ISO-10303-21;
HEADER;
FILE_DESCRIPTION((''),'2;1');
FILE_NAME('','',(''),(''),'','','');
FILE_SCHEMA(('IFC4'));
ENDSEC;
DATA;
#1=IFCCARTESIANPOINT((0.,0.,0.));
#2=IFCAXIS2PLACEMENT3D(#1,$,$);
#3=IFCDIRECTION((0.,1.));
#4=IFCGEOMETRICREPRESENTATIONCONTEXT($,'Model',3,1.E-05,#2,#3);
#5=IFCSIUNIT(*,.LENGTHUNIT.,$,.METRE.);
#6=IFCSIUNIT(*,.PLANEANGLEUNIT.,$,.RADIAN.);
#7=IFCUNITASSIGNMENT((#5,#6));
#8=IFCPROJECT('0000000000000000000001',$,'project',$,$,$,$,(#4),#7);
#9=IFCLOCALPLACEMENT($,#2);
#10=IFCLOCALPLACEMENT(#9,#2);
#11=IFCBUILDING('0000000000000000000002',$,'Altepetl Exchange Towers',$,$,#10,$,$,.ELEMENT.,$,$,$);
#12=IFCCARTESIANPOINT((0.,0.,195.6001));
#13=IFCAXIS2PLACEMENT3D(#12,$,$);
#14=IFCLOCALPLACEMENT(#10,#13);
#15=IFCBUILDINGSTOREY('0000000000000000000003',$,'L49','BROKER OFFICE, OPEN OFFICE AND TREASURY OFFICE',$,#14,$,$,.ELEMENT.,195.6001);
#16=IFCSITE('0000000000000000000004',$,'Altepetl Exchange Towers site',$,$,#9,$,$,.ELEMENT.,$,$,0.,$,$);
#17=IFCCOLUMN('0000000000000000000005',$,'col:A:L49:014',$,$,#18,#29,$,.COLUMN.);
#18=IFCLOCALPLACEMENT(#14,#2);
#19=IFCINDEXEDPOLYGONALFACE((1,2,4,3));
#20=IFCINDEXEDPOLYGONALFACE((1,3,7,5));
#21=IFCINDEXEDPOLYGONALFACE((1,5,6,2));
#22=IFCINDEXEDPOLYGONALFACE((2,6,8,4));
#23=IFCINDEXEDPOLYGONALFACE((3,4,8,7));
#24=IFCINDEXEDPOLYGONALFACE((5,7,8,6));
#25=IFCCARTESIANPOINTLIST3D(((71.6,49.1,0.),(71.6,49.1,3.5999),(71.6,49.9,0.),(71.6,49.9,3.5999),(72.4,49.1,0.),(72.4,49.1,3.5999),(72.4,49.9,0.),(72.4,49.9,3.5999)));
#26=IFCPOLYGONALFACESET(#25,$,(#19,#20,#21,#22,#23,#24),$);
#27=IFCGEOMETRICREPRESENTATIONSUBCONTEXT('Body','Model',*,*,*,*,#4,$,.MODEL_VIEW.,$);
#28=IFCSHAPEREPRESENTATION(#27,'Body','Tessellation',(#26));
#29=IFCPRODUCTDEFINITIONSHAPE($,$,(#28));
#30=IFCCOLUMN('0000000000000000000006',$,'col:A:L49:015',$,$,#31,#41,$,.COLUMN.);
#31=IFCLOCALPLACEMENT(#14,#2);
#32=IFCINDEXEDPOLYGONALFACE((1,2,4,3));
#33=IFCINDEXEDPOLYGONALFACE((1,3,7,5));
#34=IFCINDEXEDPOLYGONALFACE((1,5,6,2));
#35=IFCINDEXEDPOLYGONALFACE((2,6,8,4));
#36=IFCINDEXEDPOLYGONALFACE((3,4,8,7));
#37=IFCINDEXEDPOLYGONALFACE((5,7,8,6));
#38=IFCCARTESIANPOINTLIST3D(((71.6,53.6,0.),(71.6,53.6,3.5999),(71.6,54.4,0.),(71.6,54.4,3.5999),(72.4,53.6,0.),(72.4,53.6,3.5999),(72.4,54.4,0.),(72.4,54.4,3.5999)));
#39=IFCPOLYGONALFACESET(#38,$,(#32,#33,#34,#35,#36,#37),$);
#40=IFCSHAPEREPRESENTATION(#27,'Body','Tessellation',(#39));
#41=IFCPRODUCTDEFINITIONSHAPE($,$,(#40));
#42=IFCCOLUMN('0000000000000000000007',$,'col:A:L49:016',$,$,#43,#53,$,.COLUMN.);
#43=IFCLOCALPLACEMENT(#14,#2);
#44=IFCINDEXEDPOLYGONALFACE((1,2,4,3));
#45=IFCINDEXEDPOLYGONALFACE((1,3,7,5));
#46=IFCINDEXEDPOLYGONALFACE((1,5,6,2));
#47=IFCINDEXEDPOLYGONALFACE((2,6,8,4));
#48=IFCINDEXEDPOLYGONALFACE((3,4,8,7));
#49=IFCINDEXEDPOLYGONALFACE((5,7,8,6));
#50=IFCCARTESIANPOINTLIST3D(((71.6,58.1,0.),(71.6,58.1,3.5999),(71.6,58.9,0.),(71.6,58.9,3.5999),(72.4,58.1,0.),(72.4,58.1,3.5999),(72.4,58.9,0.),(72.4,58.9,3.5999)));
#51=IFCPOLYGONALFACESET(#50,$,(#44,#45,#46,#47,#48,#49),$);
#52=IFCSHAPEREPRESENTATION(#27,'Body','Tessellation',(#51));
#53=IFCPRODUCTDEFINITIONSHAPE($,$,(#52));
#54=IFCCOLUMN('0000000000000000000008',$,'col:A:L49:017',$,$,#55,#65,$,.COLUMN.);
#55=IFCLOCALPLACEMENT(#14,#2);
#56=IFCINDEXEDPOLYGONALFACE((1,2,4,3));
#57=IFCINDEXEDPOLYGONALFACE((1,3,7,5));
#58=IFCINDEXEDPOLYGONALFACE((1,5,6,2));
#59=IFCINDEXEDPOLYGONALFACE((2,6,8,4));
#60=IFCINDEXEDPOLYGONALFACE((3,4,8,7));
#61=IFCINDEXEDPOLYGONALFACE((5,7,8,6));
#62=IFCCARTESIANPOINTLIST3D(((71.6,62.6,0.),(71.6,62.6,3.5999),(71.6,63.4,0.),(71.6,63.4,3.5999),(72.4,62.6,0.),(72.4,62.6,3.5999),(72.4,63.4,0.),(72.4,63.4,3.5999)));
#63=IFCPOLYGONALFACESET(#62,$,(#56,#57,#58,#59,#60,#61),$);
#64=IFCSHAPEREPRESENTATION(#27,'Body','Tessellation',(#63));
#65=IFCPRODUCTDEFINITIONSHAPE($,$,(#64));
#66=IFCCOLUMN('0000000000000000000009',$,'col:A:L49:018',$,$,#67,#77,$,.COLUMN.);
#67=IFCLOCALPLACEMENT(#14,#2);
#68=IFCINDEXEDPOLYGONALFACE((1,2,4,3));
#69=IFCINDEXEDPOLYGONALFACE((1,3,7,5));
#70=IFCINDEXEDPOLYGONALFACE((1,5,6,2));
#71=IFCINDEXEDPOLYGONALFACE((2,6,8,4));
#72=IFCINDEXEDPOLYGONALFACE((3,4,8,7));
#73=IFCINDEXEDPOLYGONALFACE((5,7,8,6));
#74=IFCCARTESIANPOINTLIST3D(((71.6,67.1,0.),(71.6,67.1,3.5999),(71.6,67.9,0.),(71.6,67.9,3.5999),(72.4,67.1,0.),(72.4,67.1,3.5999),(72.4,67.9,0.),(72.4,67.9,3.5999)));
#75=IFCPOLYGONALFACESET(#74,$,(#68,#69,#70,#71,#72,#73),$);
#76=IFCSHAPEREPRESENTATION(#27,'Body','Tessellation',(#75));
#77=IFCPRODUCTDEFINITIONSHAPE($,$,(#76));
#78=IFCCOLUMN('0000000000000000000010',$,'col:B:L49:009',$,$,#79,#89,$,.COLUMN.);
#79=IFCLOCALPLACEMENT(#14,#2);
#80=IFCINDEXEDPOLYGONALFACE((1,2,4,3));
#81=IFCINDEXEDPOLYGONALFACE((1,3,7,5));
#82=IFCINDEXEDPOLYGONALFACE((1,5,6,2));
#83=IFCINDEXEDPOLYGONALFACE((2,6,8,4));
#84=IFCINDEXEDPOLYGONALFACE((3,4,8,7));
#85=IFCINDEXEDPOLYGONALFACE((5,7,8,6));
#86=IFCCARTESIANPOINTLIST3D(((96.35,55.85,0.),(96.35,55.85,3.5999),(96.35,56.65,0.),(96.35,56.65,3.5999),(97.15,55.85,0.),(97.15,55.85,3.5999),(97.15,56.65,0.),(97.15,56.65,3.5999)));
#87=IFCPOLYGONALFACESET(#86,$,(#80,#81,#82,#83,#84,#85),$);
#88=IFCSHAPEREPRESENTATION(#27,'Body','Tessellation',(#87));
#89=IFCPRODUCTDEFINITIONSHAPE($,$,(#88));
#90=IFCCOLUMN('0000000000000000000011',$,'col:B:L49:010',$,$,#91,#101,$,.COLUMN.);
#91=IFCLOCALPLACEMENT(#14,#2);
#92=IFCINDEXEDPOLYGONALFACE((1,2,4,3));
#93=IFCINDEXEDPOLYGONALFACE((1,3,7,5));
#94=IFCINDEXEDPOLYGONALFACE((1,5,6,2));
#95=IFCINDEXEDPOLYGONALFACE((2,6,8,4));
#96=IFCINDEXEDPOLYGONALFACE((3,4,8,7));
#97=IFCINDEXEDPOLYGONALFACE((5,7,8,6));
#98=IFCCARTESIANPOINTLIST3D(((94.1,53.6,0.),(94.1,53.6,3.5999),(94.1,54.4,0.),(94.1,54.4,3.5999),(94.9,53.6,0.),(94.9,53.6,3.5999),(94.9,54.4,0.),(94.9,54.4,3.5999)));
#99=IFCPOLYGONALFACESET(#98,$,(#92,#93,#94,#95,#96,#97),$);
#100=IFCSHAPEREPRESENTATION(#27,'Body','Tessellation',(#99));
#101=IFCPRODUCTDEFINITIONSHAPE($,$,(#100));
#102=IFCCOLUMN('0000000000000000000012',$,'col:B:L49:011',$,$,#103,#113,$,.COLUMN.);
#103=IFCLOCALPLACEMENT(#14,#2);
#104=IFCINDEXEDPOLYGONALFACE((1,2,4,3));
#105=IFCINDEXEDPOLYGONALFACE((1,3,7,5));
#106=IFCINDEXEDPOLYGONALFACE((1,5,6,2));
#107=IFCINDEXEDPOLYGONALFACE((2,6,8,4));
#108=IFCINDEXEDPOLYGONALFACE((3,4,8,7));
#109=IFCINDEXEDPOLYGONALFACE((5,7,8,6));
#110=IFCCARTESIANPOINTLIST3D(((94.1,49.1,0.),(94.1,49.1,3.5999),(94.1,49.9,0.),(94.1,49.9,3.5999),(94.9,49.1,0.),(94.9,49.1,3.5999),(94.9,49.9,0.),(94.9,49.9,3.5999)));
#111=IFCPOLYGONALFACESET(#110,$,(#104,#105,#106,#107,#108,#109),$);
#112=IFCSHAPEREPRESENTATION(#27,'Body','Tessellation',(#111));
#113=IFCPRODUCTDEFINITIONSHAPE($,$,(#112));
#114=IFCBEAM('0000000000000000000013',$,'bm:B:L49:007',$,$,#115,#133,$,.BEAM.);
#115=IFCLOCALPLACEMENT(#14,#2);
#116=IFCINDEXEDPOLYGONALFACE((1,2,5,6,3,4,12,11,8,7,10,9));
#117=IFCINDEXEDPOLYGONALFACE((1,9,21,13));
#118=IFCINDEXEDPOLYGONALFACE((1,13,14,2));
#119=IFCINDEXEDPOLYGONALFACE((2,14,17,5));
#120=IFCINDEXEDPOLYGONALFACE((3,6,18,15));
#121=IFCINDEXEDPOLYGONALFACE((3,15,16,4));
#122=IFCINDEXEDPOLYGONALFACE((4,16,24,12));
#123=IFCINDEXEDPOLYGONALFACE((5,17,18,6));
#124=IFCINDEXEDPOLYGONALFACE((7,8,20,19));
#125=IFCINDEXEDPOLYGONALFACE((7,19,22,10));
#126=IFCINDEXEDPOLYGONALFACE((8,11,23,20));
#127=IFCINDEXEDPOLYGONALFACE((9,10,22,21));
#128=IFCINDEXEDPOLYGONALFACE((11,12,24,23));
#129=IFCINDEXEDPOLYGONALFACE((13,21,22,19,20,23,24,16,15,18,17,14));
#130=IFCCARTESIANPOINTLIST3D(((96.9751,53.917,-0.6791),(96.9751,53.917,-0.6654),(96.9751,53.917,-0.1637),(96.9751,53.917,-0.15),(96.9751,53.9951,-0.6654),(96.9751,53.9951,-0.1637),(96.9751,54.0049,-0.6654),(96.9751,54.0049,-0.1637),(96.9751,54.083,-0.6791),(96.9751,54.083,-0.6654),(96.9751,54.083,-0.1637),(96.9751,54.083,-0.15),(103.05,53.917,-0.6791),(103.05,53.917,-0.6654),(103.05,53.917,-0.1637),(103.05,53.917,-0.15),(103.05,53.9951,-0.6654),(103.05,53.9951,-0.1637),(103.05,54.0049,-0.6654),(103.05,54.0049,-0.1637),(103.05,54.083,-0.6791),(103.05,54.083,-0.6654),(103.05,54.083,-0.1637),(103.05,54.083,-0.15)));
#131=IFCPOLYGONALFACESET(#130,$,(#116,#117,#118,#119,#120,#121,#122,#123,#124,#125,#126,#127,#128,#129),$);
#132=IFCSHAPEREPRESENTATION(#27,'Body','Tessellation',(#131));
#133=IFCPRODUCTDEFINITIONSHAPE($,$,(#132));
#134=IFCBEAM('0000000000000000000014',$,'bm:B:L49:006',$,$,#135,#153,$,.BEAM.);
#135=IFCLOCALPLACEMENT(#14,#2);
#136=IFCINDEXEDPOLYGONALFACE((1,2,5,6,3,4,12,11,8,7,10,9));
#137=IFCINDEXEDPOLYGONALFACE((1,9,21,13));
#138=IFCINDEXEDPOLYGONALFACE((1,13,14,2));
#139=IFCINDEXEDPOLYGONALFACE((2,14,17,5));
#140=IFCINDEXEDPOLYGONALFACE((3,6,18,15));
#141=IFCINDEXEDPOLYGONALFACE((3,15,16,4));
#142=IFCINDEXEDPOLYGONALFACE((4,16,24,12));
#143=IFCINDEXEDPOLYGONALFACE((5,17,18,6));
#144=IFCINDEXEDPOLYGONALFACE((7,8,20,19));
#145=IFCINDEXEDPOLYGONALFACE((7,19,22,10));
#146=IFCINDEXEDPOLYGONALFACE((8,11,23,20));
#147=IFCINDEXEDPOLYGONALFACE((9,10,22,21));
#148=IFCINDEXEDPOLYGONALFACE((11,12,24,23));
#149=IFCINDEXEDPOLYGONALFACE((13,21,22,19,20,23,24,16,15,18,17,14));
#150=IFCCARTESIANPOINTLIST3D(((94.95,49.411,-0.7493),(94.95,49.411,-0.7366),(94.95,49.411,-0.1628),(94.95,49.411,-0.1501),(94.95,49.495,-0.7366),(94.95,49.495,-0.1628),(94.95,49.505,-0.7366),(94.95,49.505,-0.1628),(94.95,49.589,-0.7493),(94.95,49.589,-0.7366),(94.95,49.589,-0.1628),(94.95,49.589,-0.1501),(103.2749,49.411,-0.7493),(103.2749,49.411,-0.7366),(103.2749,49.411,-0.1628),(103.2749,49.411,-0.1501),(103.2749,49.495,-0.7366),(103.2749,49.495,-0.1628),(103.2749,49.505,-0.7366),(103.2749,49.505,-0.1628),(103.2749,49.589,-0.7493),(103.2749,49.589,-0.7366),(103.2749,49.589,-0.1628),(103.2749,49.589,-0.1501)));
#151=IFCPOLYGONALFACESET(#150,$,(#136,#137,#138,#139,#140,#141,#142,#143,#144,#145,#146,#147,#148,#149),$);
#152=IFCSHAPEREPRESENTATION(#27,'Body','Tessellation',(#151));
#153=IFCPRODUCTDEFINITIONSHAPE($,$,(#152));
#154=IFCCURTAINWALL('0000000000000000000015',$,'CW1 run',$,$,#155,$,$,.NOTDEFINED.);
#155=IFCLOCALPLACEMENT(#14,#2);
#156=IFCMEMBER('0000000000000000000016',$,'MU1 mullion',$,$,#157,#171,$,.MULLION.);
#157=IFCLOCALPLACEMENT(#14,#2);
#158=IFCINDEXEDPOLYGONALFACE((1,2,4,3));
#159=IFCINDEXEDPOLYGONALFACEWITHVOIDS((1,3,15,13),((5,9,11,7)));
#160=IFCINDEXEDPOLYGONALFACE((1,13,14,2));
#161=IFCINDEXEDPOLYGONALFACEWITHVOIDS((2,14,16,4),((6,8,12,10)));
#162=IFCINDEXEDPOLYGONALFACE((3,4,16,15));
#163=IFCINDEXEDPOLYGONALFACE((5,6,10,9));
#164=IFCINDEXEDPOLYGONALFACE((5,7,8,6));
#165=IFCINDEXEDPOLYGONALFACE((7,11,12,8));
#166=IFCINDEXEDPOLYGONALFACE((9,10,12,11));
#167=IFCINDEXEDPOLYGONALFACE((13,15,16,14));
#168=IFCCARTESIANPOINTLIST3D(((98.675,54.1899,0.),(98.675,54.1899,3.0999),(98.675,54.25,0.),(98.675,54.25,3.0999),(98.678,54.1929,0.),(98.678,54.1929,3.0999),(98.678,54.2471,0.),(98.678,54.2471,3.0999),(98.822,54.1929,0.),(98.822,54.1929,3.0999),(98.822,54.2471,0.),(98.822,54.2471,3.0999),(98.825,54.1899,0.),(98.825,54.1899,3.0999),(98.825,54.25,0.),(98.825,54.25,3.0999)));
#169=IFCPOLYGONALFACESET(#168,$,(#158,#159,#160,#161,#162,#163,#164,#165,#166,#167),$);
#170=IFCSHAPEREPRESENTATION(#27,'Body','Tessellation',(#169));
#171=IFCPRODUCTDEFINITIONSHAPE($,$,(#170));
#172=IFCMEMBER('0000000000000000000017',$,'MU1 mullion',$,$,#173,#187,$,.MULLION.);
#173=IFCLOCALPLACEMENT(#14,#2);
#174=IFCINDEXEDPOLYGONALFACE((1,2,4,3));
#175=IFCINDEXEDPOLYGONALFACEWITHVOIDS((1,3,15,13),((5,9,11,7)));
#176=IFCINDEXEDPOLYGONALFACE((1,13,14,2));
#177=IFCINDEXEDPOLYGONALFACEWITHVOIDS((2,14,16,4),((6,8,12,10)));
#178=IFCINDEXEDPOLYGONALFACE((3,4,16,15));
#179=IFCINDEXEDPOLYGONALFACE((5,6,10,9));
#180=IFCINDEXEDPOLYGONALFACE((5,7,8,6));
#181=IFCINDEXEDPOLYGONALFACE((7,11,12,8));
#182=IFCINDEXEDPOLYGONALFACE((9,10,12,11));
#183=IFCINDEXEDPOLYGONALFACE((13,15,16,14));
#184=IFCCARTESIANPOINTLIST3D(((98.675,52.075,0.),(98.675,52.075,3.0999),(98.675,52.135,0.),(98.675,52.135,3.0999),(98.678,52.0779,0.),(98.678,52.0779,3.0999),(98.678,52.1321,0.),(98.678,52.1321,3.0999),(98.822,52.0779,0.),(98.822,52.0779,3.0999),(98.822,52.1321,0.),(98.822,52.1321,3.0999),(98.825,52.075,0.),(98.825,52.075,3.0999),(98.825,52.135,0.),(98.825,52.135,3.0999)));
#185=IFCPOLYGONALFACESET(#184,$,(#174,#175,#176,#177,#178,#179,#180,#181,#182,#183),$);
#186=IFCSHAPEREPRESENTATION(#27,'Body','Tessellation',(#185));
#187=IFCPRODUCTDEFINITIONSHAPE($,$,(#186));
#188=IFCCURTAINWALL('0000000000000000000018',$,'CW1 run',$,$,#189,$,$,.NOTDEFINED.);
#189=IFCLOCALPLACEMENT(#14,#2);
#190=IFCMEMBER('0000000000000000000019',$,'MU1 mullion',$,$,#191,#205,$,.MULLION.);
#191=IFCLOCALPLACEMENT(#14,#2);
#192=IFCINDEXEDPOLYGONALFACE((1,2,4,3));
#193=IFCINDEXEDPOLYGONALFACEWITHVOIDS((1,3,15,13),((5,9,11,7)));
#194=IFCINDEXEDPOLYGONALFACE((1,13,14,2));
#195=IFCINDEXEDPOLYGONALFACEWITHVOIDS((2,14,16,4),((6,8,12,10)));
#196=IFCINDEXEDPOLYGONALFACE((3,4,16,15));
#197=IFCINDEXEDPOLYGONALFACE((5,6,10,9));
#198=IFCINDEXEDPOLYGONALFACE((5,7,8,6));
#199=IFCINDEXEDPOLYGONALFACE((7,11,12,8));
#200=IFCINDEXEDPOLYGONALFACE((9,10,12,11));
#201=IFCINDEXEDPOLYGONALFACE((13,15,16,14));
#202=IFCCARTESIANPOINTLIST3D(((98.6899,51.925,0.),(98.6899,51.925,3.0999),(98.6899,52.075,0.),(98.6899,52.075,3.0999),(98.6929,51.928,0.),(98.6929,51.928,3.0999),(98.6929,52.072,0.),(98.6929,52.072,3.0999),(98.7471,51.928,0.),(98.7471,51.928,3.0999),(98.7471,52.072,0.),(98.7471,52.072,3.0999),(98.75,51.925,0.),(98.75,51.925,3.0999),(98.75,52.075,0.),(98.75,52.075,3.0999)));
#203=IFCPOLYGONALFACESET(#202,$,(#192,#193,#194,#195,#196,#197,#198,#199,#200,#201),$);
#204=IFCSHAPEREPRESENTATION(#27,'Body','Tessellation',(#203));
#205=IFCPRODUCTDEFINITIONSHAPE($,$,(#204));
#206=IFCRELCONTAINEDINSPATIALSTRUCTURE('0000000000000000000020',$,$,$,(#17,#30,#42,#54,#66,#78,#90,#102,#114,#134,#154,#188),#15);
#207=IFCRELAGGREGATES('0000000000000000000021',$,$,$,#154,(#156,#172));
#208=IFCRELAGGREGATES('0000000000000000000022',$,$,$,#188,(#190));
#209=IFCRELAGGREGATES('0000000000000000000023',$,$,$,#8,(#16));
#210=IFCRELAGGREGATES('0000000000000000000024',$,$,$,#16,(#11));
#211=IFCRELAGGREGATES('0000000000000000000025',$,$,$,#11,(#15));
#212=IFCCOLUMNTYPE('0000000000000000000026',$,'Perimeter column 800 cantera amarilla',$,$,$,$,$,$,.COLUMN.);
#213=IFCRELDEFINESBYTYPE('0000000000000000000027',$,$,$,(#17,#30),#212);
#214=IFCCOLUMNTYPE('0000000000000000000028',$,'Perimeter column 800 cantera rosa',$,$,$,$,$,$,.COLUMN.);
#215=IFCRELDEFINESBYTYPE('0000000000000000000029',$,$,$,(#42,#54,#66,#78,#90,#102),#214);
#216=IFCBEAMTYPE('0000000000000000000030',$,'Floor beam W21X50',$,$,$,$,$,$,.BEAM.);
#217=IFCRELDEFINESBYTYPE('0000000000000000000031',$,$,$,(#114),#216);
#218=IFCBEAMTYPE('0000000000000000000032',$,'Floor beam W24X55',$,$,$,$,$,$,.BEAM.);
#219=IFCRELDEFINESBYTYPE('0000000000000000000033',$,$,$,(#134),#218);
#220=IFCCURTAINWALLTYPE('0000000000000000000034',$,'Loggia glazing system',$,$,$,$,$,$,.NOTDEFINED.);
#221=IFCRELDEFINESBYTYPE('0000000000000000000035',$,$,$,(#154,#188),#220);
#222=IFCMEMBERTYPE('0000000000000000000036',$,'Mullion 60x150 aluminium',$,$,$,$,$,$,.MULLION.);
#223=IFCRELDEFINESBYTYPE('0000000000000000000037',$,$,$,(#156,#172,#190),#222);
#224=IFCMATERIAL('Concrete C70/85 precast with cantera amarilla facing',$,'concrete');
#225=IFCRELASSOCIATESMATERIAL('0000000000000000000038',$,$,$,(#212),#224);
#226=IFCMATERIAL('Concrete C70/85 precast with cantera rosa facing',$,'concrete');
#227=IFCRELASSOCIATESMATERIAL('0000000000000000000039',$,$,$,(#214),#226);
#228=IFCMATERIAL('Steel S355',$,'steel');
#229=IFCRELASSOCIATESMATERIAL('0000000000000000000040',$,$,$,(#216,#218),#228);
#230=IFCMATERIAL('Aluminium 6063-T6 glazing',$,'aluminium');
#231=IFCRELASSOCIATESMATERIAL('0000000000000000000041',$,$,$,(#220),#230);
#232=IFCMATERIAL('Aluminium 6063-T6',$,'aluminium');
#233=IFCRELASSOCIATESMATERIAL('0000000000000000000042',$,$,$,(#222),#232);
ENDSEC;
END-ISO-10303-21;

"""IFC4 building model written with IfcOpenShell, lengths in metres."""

from ifc_helpers import new_model, si_unit, direction, frame, origin, origin_2d, place, context, subcontext, project, spatial, rectangle, hollow_rectangle, i_section, extrude, material, material_profile, profile_set, type_object, element, aggregate, save


model = new_model("IFC4")

# Units and contexts
model_context = context("Model", 3, precision=1e-05, world=origin(), true_north=direction((0.0, 1.0)))
body_context = subcontext(model_context, "Body", "Model", "MODEL_VIEW")
ifc_project = project(units=[si_unit("LENGTHUNIT", "METRE"), si_unit("PLANEANGLEUNIT", "RADIAN")], contexts=[model_context])

# Site, building, storey
site_placement = place(None, origin())
site = spatial("IfcSite", under=ifc_project, at=site_placement, Name="Altepetl Exchange Towers site", CompositionType="ELEMENT", RefElevation=0.0)
building_placement = place(site_placement, origin())
building = spatial("IfcBuilding", under=site, at=building_placement, Name="Altepetl Exchange Towers", CompositionType="ELEMENT")
storey_placement = place(building_placement, frame((0.0, 0.0, 195.6001)))
storey = spatial("IfcBuildingStorey", under=building, at=storey_placement, Name="L49", Description="BROKER OFFICE, OPEN OFFICE AND TREASURY OFFICE", CompositionType="ELEMENT", Elevation=195.6001)

# Columns
ifc_material_1 = material(Name="Concrete C70/85 precast with cantera amarilla facing", Category="concrete")
ifc_material_profile_1 = material_profile(ifc_material_1, rectangle(XDim=0.8, YDim=0.8, at=origin_2d()), Name="800 x 800")
ifc_profile_set_1 = profile_set([ifc_material_profile_1], Name="Concrete C70/85 precast with cantera amarilla facing")
column_type_1 = type_object("IfcColumnType", Name="Perimeter column 800 cantera amarilla", PredefinedType="COLUMN", material=ifc_profile_set_1)
for number, where, name in (
    (1, (72.0, 49.5, 0.0), "col:A:L49:014"),
    (2, (72.0, 54.0, 0.0), "col:A:L49:015"),
):
    element("IfcColumn", number, at=place(storey_placement, frame(where)), inside=storey, type_object=column_type_1, Name=name, PredefinedType="COLUMN", context=body_context, shape_type="SweptSolid", body=[
        extrude(rectangle(XDim=0.8, YDim=0.8, at=origin_2d()), origin(), (0.0, 0.0, 1.0), 3.5999),
    ])
ifc_material_2 = material(Name="Concrete C70/85 precast with cantera rosa facing", Category="concrete")
ifc_material_profile_2 = material_profile(ifc_material_2, rectangle(XDim=0.8, YDim=0.8, at=origin_2d()), Name="800 x 800")
ifc_profile_set_2 = profile_set([ifc_material_profile_2], Name="Concrete C70/85 precast with cantera rosa facing")
column_type_2 = type_object("IfcColumnType", Name="Perimeter column 800 cantera rosa", PredefinedType="COLUMN", material=ifc_profile_set_2)
for number, where, name in (
    (3, (72.0, 58.5, 0.0), "col:A:L49:016"),
    (4, (72.0, 63.0, 0.0), "col:A:L49:017"),
    (5, (72.0, 67.5, 0.0), "col:A:L49:018"),
    (6, (96.75, 56.25, 0.0), "col:B:L49:009"),
    (7, (94.5, 54.0, 0.0), "col:B:L49:010"),
    (8, (94.5, 49.5, 0.0), "col:B:L49:011"),
):
    element("IfcColumn", number, at=place(storey_placement, frame(where)), inside=storey, type_object=column_type_2, Name=name, PredefinedType="COLUMN", context=body_context, shape_type="SweptSolid", body=[
        extrude(rectangle(XDim=0.8, YDim=0.8, at=origin_2d()), origin(), (0.0, 0.0, 1.0), 3.5999),
    ])

# Beams
ifc_material_3 = material(Name="Steel S355", Category="steel")
ifc_material_profile_3 = material_profile(ifc_material_3, i_section(OverallWidth=0.166, OverallDepth=0.5291, WebThickness=0.0098, FlangeThickness=0.0137, at=origin_2d()), Name="W21X50")
ifc_profile_set_3 = profile_set([ifc_material_profile_3], Name="Steel S355")
beam_type_1 = type_object("IfcBeamType", Name="Floor beam W21X50", PredefinedType="BEAM", material=ifc_profile_set_3)
beam_1_placement = place(storey_placement, frame((96.9751, 54.0, -0.4146), z_axis=(1.0, 0.0, 0.0), x_axis=(0.0, 1.0, 0.0)))
element("IfcBeam", 9, at=beam_1_placement, inside=storey, type_object=beam_type_1, Name="bm:B:L49:007", PredefinedType="BEAM", context=body_context, shape_type="SweptSolid", body=[
    extrude(i_section(OverallWidth=0.166, OverallDepth=0.5291, WebThickness=0.0098, FlangeThickness=0.0137, at=origin_2d()), origin(), (0.0, 0.0, 1.0), 6.075),
])
ifc_material_profile_4 = material_profile(ifc_material_3, i_section(OverallWidth=0.178, OverallDepth=0.5991, WebThickness=0.01, FlangeThickness=0.0127, at=origin_2d()), Name="W24X55")
ifc_profile_set_4 = profile_set([ifc_material_profile_4], Name="Steel S355")
beam_type_2 = type_object("IfcBeamType", Name="Floor beam W24X55", PredefinedType="BEAM", material=ifc_profile_set_4)
beam_2_placement = place(storey_placement, frame((94.95, 49.5, -0.4497), z_axis=(1.0, 0.0, 0.0), x_axis=(0.0, 1.0, 0.0)))
element("IfcBeam", 10, at=beam_2_placement, inside=storey, type_object=beam_type_2, Name="bm:B:L49:006", PredefinedType="BEAM", context=body_context, shape_type="SweptSolid", body=[
    extrude(i_section(OverallWidth=0.178, OverallDepth=0.5991, WebThickness=0.01, FlangeThickness=0.0127, at=origin_2d()), origin(), (0.0, 0.0, 1.0), 8.325),
])

# Curtain walls, members
ifc_material_4 = material(Name="Aluminium 6063-T6 glazing", Category="aluminium")
curtain_wall_type = type_object("IfcCurtainWallType", Name="Loggia glazing system", PredefinedType="NOTDEFINED", material=ifc_material_4)
curtain_wall_1_placement = place(storey_placement, origin())
curtain_wall_1 = element("IfcCurtainWall", 11, at=curtain_wall_1_placement, inside=storey, type_object=curtain_wall_type, Name="CW1 run", PredefinedType="NOTDEFINED")
ifc_material_5 = material(Name="Aluminium 6063-T6", Category="aluminium")
ifc_material_profile_5 = material_profile(ifc_material_5, hollow_rectangle(XDim=0.0601, YDim=0.1499, WallThickness=0.0029, at=origin_2d()), Name="Mullion 60x150 aluminium")
ifc_profile_set_5 = profile_set([ifc_material_profile_5], Name="Aluminium 6063-T6")
member_type = type_object("IfcMemberType", Name="Mullion 60x150 aluminium", PredefinedType="MULLION", material=ifc_profile_set_5)
member_1_placement = place(storey_placement, frame((98.75, 54.22, 0.0), z_axis=(0.0, 0.0, 1.0), x_axis=(0.0, -1.0, 0.0)))
member_1 = element("IfcMember", 12, at=member_1_placement, type_object=member_type, Name="MU1 mullion", PredefinedType="MULLION", context=body_context, shape_type="SweptSolid", body=[
    extrude(hollow_rectangle(XDim=0.0601, YDim=0.1499, WallThickness=0.0029, at=origin_2d()), origin(), (0.0, 0.0, 1.0), 3.0999),
])
member_2_placement = place(storey_placement, frame((98.75, 52.105, 0.0), z_axis=(0.0, 0.0, 1.0), x_axis=(0.0, -1.0, 0.0)))
member_2 = element("IfcMember", 13, at=member_2_placement, type_object=member_type, Name="MU1 mullion", PredefinedType="MULLION", context=body_context, shape_type="SweptSolid", body=[
    extrude(hollow_rectangle(XDim=0.0601, YDim=0.1499, WallThickness=0.0029, at=origin_2d()), origin(), (0.0, 0.0, 1.0), 3.0999),
])
curtain_wall_2_placement = place(storey_placement, origin())
curtain_wall_2 = element("IfcCurtainWall", 14, at=curtain_wall_2_placement, inside=storey, type_object=curtain_wall_type, Name="CW1 run", PredefinedType="NOTDEFINED")
member_3_placement = place(storey_placement, frame((98.72, 52.0, 0.0), z_axis=(0.0, 0.0, 1.0), x_axis=(-1.0, 0.0, 0.0)))
member_3 = element("IfcMember", 15, at=member_3_placement, type_object=member_type, Name="MU1 mullion", PredefinedType="MULLION", context=body_context, shape_type="SweptSolid", body=[
    extrude(hollow_rectangle(XDim=0.0601, YDim=0.1499, WallThickness=0.0029, at=origin_2d()), origin(), (0.0, 0.0, 1.0), 3.0999),
])

aggregate(curtain_wall_1, [member_1, member_2])
aggregate(curtain_wall_2, [member_3])

save(model, "model.ifc")
